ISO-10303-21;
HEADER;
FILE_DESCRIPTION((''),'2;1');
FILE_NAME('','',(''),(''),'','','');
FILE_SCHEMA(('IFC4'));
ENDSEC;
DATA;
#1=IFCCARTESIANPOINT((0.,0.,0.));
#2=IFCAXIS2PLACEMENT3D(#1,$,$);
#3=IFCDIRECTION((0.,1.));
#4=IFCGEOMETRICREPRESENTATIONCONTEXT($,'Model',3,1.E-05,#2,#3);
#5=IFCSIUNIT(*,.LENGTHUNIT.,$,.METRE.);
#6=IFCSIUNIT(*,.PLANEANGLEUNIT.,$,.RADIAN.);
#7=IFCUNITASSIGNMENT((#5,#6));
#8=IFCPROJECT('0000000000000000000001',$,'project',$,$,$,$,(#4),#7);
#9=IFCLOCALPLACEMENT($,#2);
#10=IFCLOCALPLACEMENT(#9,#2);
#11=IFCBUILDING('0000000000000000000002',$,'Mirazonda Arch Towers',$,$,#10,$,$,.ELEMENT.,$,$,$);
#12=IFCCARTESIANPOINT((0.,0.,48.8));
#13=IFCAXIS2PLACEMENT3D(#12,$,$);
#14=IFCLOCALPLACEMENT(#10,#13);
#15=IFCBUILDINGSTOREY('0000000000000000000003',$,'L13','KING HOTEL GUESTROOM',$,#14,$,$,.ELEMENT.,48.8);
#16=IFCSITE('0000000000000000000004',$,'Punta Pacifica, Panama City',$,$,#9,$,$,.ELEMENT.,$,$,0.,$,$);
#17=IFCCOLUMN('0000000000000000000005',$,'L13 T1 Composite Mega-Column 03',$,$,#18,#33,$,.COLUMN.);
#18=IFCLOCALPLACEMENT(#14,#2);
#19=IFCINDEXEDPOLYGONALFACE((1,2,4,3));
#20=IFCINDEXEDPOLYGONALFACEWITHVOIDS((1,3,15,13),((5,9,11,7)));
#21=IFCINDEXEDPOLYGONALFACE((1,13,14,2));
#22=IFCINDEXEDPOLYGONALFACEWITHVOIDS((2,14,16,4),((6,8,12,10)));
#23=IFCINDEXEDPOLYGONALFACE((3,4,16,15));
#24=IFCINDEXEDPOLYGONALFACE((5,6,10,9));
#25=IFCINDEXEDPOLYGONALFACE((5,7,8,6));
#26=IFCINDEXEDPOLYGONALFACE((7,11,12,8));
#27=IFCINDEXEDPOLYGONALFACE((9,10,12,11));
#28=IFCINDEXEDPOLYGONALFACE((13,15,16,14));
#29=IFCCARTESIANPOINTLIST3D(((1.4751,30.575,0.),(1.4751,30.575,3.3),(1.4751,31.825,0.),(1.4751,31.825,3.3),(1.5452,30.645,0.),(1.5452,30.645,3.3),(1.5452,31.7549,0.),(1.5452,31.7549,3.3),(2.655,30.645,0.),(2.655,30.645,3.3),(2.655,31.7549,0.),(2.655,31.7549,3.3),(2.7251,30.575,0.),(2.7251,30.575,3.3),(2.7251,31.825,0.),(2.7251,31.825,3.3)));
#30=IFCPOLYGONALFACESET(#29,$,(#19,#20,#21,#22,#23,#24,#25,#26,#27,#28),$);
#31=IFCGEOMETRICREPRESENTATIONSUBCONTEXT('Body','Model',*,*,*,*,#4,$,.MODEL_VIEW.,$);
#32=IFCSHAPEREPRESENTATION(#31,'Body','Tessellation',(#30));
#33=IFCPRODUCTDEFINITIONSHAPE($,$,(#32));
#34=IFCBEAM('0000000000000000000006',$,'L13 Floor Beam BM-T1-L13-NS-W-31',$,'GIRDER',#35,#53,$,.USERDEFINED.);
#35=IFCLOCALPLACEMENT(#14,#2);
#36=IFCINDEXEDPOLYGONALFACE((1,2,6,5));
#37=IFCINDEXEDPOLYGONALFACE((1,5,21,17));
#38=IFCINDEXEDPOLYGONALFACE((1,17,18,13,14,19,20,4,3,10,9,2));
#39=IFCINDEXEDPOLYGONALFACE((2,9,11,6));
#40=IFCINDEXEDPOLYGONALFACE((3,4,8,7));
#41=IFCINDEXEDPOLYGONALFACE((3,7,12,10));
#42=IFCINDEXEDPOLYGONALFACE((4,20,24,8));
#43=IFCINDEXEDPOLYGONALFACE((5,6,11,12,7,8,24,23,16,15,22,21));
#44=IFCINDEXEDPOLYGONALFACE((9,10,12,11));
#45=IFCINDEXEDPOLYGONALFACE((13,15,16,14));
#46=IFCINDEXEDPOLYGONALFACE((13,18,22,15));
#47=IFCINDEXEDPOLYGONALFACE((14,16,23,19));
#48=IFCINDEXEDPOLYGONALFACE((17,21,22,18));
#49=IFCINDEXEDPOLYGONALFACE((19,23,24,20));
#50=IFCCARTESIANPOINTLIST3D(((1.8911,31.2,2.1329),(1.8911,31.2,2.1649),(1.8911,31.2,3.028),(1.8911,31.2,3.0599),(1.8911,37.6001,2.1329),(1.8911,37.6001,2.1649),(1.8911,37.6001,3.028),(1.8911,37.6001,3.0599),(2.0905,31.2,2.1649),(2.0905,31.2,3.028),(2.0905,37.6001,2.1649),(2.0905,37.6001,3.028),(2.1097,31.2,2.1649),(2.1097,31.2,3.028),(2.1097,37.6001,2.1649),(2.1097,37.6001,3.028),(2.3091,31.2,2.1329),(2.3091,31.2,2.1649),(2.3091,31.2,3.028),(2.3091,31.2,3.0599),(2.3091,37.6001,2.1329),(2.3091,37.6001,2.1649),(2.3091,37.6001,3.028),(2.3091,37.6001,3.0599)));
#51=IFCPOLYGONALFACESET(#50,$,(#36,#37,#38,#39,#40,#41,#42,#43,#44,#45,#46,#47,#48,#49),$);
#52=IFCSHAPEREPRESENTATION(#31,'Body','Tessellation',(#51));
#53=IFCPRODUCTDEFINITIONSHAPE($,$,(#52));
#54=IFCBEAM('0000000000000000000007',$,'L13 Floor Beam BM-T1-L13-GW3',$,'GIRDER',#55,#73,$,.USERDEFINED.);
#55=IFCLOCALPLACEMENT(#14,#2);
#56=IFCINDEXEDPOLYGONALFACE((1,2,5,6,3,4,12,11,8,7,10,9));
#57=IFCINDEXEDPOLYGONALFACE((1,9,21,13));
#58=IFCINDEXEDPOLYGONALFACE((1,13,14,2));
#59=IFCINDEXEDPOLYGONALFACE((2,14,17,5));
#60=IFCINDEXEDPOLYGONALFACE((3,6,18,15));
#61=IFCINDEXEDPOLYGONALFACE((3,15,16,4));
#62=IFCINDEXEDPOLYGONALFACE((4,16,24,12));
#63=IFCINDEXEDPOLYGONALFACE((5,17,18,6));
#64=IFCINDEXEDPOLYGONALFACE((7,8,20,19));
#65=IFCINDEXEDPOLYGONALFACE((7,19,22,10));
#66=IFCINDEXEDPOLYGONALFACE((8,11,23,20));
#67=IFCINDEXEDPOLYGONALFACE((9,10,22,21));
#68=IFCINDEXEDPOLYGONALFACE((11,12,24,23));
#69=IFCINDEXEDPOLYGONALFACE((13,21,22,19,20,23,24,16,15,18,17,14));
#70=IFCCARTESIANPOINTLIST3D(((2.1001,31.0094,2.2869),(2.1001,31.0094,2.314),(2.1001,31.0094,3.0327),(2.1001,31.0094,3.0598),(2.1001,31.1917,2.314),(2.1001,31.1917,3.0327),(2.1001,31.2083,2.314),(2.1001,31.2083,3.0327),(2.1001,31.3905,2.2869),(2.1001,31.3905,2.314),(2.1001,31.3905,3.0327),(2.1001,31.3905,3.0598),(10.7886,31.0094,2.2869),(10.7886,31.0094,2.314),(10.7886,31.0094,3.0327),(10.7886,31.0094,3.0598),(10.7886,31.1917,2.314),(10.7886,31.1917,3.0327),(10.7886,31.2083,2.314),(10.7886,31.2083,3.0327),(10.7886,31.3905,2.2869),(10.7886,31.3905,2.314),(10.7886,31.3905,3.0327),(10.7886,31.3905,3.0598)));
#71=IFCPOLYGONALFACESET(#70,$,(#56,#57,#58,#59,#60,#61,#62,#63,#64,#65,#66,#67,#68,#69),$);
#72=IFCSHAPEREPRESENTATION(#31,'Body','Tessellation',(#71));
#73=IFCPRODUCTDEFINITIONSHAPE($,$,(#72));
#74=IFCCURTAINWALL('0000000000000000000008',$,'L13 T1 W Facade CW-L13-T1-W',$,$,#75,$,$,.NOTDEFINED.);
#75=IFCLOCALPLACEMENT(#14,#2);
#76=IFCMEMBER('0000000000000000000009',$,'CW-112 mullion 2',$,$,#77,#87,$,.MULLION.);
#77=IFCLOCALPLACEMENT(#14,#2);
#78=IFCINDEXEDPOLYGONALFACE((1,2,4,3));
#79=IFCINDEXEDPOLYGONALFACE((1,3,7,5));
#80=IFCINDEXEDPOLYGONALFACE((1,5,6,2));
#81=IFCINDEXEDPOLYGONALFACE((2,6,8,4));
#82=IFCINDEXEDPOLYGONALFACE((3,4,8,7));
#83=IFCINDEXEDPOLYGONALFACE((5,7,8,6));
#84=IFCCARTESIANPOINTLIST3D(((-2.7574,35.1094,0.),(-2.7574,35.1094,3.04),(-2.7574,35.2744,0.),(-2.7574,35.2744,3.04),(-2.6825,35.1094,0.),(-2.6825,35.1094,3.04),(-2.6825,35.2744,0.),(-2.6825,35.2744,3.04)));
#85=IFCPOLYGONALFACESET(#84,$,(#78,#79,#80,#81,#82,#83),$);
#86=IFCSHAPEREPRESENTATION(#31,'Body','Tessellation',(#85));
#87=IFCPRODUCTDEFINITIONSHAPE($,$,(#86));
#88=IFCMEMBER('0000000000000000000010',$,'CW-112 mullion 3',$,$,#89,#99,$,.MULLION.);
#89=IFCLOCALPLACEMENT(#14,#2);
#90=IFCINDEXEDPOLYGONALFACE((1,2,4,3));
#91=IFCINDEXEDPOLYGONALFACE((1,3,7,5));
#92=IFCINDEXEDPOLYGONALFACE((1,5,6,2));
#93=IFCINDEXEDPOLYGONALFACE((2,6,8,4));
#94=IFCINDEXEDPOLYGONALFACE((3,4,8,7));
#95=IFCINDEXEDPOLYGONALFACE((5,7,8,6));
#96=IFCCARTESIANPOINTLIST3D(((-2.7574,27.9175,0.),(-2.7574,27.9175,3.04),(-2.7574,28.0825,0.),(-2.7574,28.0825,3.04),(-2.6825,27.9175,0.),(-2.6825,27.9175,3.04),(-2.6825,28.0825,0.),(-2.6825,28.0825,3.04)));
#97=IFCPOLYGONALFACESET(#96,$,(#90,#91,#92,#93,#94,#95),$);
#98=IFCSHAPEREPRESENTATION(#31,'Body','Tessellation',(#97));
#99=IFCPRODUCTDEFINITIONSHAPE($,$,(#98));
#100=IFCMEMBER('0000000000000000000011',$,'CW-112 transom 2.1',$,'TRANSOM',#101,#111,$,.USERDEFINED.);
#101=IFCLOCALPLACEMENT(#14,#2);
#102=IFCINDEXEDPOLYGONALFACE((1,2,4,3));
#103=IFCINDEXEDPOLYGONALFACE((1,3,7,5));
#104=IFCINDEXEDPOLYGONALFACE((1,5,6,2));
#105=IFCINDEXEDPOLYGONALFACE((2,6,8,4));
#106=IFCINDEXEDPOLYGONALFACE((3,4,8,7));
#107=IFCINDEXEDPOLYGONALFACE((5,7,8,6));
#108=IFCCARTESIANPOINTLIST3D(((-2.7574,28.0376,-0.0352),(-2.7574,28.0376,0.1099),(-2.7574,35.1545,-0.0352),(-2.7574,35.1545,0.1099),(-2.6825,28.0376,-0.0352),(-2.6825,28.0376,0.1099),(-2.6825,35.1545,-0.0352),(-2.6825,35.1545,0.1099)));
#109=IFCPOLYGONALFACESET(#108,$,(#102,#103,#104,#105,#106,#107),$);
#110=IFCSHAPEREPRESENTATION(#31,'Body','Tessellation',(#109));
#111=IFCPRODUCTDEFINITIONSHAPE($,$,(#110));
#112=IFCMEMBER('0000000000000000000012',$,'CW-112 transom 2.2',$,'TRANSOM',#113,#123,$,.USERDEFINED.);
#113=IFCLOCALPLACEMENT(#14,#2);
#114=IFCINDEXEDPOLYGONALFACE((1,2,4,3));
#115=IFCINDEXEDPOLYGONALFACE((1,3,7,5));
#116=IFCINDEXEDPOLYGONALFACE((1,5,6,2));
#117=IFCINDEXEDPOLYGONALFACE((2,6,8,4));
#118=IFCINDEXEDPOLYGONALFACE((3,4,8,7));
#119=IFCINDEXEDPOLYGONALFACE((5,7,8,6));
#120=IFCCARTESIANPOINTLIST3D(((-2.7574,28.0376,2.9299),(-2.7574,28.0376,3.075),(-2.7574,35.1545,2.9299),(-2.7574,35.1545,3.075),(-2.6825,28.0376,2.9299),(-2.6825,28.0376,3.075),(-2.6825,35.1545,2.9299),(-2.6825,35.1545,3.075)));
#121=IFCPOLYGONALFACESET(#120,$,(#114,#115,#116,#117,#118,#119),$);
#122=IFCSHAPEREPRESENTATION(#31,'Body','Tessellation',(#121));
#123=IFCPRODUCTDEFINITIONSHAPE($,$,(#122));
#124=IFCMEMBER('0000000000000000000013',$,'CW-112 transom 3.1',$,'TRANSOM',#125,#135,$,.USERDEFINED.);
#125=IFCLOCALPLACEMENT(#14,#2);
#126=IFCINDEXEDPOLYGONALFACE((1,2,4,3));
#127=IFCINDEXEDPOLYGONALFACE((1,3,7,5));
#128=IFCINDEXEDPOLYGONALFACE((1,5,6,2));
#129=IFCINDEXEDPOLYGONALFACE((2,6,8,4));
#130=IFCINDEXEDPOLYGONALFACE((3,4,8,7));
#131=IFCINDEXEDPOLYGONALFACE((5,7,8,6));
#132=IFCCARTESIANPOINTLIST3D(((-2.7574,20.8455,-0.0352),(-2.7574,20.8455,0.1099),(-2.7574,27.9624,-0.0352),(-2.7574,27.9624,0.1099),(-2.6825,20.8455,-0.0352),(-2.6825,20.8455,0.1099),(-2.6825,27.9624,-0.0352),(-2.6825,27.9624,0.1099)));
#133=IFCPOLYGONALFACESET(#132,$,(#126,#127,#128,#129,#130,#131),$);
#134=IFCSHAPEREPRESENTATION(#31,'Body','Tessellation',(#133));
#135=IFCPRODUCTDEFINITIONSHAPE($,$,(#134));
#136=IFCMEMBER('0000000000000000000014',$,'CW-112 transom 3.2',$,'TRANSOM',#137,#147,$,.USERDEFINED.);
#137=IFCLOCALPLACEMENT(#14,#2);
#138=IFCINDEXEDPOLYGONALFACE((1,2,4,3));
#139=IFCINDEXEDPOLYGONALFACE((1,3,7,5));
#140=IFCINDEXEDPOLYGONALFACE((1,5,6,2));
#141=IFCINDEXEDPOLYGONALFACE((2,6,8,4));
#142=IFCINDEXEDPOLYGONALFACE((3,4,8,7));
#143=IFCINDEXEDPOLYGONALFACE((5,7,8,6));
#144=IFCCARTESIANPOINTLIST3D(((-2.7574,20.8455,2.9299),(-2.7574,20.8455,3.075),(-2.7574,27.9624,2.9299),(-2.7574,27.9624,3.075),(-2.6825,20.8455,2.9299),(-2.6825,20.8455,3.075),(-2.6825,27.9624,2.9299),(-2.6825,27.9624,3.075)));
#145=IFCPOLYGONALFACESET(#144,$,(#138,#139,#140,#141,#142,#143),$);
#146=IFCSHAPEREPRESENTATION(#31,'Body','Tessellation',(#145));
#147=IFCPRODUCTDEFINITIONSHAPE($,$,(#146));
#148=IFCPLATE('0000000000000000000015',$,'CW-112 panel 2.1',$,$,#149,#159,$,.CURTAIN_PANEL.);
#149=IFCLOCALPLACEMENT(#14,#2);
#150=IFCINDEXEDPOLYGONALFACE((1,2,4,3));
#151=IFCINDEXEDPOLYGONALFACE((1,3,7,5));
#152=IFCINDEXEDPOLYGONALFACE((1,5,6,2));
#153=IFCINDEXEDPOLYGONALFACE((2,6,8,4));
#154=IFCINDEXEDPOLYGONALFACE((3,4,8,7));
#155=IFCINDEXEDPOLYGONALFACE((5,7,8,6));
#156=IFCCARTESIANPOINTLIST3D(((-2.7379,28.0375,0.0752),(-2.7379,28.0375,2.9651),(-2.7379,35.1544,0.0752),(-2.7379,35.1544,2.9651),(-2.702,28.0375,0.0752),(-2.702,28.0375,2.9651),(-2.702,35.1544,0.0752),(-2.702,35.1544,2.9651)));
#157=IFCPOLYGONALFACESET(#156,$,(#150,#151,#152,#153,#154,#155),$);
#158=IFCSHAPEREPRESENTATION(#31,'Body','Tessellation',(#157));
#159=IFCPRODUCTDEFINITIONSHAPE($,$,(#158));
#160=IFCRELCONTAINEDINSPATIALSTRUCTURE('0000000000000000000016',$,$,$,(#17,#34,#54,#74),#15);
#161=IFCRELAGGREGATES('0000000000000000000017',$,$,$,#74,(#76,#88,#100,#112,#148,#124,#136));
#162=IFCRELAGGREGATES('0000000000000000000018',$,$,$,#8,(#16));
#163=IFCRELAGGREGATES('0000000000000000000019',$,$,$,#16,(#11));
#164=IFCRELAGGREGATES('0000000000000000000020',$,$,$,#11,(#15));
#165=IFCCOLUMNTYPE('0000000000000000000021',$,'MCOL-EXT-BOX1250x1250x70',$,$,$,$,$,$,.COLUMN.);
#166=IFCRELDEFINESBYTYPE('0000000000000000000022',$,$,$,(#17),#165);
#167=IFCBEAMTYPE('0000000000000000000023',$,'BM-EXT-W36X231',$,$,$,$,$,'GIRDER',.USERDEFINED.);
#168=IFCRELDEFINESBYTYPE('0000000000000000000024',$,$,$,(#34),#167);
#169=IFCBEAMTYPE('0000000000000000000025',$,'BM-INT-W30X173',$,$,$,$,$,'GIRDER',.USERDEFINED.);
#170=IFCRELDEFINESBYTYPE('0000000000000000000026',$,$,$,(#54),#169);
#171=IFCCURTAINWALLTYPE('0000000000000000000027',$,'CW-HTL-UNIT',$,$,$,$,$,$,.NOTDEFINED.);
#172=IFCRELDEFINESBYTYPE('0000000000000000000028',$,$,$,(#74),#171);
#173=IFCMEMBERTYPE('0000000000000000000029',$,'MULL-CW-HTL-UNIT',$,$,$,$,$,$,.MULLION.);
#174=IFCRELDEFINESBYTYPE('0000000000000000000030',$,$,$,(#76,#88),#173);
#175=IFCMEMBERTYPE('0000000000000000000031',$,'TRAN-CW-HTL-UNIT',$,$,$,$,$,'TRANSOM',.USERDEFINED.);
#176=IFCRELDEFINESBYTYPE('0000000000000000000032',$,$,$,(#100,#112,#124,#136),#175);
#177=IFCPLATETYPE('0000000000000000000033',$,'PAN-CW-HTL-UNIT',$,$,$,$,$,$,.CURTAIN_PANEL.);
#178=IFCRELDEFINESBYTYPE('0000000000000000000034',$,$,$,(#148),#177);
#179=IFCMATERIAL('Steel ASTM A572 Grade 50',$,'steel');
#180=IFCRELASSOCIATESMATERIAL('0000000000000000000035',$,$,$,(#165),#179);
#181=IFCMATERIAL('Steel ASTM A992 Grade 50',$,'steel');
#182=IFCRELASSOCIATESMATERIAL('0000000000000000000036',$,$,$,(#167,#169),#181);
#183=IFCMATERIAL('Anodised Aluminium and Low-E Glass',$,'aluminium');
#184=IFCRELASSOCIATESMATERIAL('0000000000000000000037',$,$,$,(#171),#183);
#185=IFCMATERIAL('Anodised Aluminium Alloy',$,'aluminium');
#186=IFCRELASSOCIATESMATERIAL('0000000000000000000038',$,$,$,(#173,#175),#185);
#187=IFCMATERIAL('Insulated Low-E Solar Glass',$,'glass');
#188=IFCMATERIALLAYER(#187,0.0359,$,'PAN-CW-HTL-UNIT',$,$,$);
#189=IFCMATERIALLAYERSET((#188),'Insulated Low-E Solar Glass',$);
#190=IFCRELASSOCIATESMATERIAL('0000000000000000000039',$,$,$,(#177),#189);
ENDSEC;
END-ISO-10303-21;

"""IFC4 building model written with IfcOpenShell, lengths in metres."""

from ifc_helpers import new_model, si_unit, direction, frame, origin, origin_2d, place, context, subcontext, project, spatial, rectangle, hollow_rectangle, i_section, extrude, material, layer, layer_set, material_profile, profile_set, type_object, element, aggregate, save


model = new_model("IFC4")

# Units and contexts
model_context = context("Model", 3, precision=1e-05, world=origin(), true_north=direction((0.0, 1.0)))
body_context = subcontext(model_context, "Body", "Model", "MODEL_VIEW")
ifc_project = project(units=[si_unit("LENGTHUNIT", "METRE"), si_unit("PLANEANGLEUNIT", "RADIAN")], contexts=[model_context])

# Site, building, storey
site_placement = place(None, origin())
site = spatial("IfcSite", under=ifc_project, at=site_placement, Name="Punta Pacifica, Panama City", CompositionType="ELEMENT", RefElevation=0.0)
building_placement = place(site_placement, origin())
building = spatial("IfcBuilding", under=site, at=building_placement, Name="Mirazonda Arch Towers", CompositionType="ELEMENT")
storey_placement = place(building_placement, frame((0.0, 0.0, 48.8)))
storey = spatial("IfcBuildingStorey", under=building, at=storey_placement, Name="L13", Description="KING HOTEL GUESTROOM", CompositionType="ELEMENT", Elevation=48.8)

# Column
ifc_material_1 = material(Name="Steel ASTM A572 Grade 50", Category="steel")
ifc_material_profile_1 = material_profile(ifc_material_1, hollow_rectangle(XDim=1.25, YDim=1.25, WallThickness=0.0701, at=origin_2d()), Name="BOX1250x1250x70")
ifc_profile_set_1 = profile_set([ifc_material_profile_1], Name="Steel ASTM A572 Grade 50")
column_type = type_object("IfcColumnType", Name="MCOL-EXT-BOX1250x1250x70", PredefinedType="COLUMN", material=ifc_profile_set_1)
column_placement = place(storey_placement, frame((2.1001, 31.2, 0.0), z_axis=(0.0, 0.0, 1.0), x_axis=(1.0, 0.0, 0.0)))
element("IfcColumn", 1, at=column_placement, inside=storey, type_object=column_type, Name="L13 T1 Composite Mega-Column 03", PredefinedType="COLUMN", context=body_context, shape_type="SweptSolid", body=[
    extrude(hollow_rectangle(XDim=1.25, YDim=1.25, WallThickness=0.0701, at=origin_2d()), origin(), (0.0, 0.0, 1.0), 3.3),
])

# Beams
ifc_material_2 = material(Name="Steel ASTM A992 Grade 50", Category="steel")
ifc_material_profile_2 = material_profile(ifc_material_2, i_section(OverallWidth=0.418, OverallDepth=0.927, WebThickness=0.0193, FlangeThickness=0.032, at=origin_2d()), Name="W36X231")
ifc_profile_set_2 = profile_set([ifc_material_profile_2], Name="Steel ASTM A992 Grade 50")
beam_type_1 = type_object("IfcBeamType", Name="BM-EXT-W36X231", ElementType="GIRDER", PredefinedType="USERDEFINED", material=ifc_profile_set_2)
beam_1_placement = place(storey_placement, frame((2.1001, 31.2, 2.5964), z_axis=(0.0, 1.0, 0.0), x_axis=(-1.0, 0.0, 0.0)))
element("IfcBeam", 2, at=beam_1_placement, inside=storey, type_object=beam_type_1, Name="L13 Floor Beam BM-T1-L13-NS-W-31", ObjectType="GIRDER", PredefinedType="USERDEFINED", context=body_context, shape_type="SweptSolid", body=[
    extrude(i_section(OverallWidth=0.418, OverallDepth=0.927, WebThickness=0.0193, FlangeThickness=0.032, at=origin_2d()), origin(), (0.0, 0.0, 1.0), 6.4001),
])
ifc_material_profile_3 = material_profile(ifc_material_2, i_section(OverallWidth=0.3811, OverallDepth=0.7729, WebThickness=0.0166, FlangeThickness=0.0271, at=origin_2d()), Name="W30X173")
ifc_profile_set_3 = profile_set([ifc_material_profile_3], Name="Steel ASTM A992 Grade 50")
beam_type_2 = type_object("IfcBeamType", Name="BM-INT-W30X173", ElementType="GIRDER", PredefinedType="USERDEFINED", material=ifc_profile_set_3)
beam_2_placement = place(storey_placement, frame((2.1001, 31.2, 2.6733), z_axis=(1.0, 0.0, 0.0), x_axis=(0.0, 1.0, 0.0)))
element("IfcBeam", 3, at=beam_2_placement, inside=storey, type_object=beam_type_2, Name="L13 Floor Beam BM-T1-L13-GW3", ObjectType="GIRDER", PredefinedType="USERDEFINED", context=body_context, shape_type="SweptSolid", body=[
    extrude(i_section(OverallWidth=0.3811, OverallDepth=0.7729, WebThickness=0.0166, FlangeThickness=0.0271, at=origin_2d()), origin(), (0.0, 0.0, 1.0), 8.6885),
])

# Curtain wall, members, plate
ifc_material_3 = material(Name="Anodised Aluminium and Low-E Glass", Category="aluminium")
curtain_wall_type = type_object("IfcCurtainWallType", Name="CW-HTL-UNIT", PredefinedType="NOTDEFINED", material=ifc_material_3)
curtain_wall_placement = place(storey_placement, origin())
curtain_wall = element("IfcCurtainWall", 4, at=curtain_wall_placement, inside=storey, type_object=curtain_wall_type, Name="L13 T1 W Facade CW-L13-T1-W", PredefinedType="NOTDEFINED")
ifc_material_4 = material(Name="Anodised Aluminium Alloy", Category="aluminium")
ifc_material_profile_4 = material_profile(ifc_material_4, rectangle(XDim=0.075, YDim=0.165, at=origin_2d()), Name="ALU-MULL-75x165")
ifc_profile_set_4 = profile_set([ifc_material_profile_4], Name="Anodised Aluminium Alloy")
member_type_1 = type_object("IfcMemberType", Name="MULL-CW-HTL-UNIT", PredefinedType="MULLION", material=ifc_profile_set_4)
member_1_placement = place(storey_placement, frame((-2.72, 35.1919, 0.0), z_axis=(0.0, 0.0, 1.0), x_axis=(1.0, 0.0, 0.0)))
member_1 = element("IfcMember", 5, at=member_1_placement, type_object=member_type_1, Name="CW-112 mullion 2", PredefinedType="MULLION", context=body_context, shape_type="SweptSolid", body=[
    extrude(rectangle(XDim=0.075, YDim=0.165, at=origin_2d()), origin(), (0.0, 0.0, 1.0), 3.04),
])
member_2_placement = place(storey_placement, frame((-2.72, 28.0, 0.0), z_axis=(0.0, 0.0, 1.0), x_axis=(1.0, 0.0, 0.0)))
member_2 = element("IfcMember", 6, at=member_2_placement, type_object=member_type_1, Name="CW-112 mullion 3", PredefinedType="MULLION", context=body_context, shape_type="SweptSolid", body=[
    extrude(rectangle(XDim=0.075, YDim=0.165, at=origin_2d()), origin(), (0.0, 0.0, 1.0), 3.04),
])
ifc_material_profile_5 = material_profile(ifc_material_4, rectangle(XDim=0.075, YDim=0.145, at=origin_2d()), Name="ALU-TRAN-75x145")
ifc_profile_set_5 = profile_set([ifc_material_profile_5], Name="Anodised Aluminium Alloy")
member_type_2 = type_object("IfcMemberType", Name="TRAN-CW-HTL-UNIT", ElementType="TRANSOM", PredefinedType="USERDEFINED", material=ifc_profile_set_5)
member_3_placement = place(storey_placement, frame((-2.72, 35.1545, 0.0374), z_axis=(0.0, -1.0, 0.0), x_axis=(1.0, 0.0, 0.0)))
member_3 = element("IfcMember", 7, at=member_3_placement, type_object=member_type_2, Name="CW-112 transom 2.1", ObjectType="TRANSOM", PredefinedType="USERDEFINED", context=body_context, shape_type="SweptSolid", body=[
    extrude(rectangle(XDim=0.075, YDim=0.145, at=origin_2d()), origin(), (0.0, 0.0, 1.0), 7.1169),
])
member_4_placement = place(storey_placement, frame((-2.72, 35.1545, 3.0024), z_axis=(0.0, -1.0, 0.0), x_axis=(1.0, 0.0, 0.0)))
member_4 = element("IfcMember", 8, at=member_4_placement, type_object=member_type_2, Name="CW-112 transom 2.2", ObjectType="TRANSOM", PredefinedType="USERDEFINED", context=body_context, shape_type="SweptSolid", body=[
    extrude(rectangle(XDim=0.075, YDim=0.145, at=origin_2d()), origin(), (0.0, 0.0, 1.0), 7.1169),
])
member_5_placement = place(storey_placement, frame((-2.72, 27.9624, 0.0374), z_axis=(0.0, -1.0, 0.0), x_axis=(1.0, 0.0, 0.0)))
member_5 = element("IfcMember", 9, at=member_5_placement, type_object=member_type_2, Name="CW-112 transom 3.1", ObjectType="TRANSOM", PredefinedType="USERDEFINED", context=body_context, shape_type="SweptSolid", body=[
    extrude(rectangle(XDim=0.075, YDim=0.145, at=origin_2d()), origin(), (0.0, 0.0, 1.0), 7.1169),
])
member_6_placement = place(storey_placement, frame((-2.72, 27.9624, 3.0024), z_axis=(0.0, -1.0, 0.0), x_axis=(1.0, 0.0, 0.0)))
member_6 = element("IfcMember", 10, at=member_6_placement, type_object=member_type_2, Name="CW-112 transom 3.2", ObjectType="TRANSOM", PredefinedType="USERDEFINED", context=body_context, shape_type="SweptSolid", body=[
    extrude(rectangle(XDim=0.075, YDim=0.145, at=origin_2d()), origin(), (0.0, 0.0, 1.0), 7.1169),
])
ifc_material_5 = material(Name="Insulated Low-E Solar Glass", Category="glass")
ifc_layer_1 = layer(ifc_material_5, 0.0359, Name="PAN-CW-HTL-UNIT")
ifc_layer_set_1 = layer_set([ifc_layer_1], Name="Insulated Low-E Solar Glass")
plate_type = type_object("IfcPlateType", Name="PAN-CW-HTL-UNIT", PredefinedType="CURTAIN_PANEL", material=ifc_layer_set_1)
plate_placement = place(storey_placement, frame((-2.72, 31.5959, 0.0752), z_axis=(0.0, 0.0, 1.0), x_axis=(0.0, -1.0, 0.0)))
plate = element("IfcPlate", 11, at=plate_placement, type_object=plate_type, Name="CW-112 panel 2.1", PredefinedType="CURTAIN_PANEL", context=body_context, shape_type="SweptSolid", body=[
    extrude(rectangle(XDim=7.1169, YDim=0.0359, at=origin_2d()), origin(), (0.0, 0.0, 1.0), 2.8899),
])
aggregate(curtain_wall, [member_1, member_2, member_3, member_4, plate, member_5, member_6])

save(model, "model.ifc")
